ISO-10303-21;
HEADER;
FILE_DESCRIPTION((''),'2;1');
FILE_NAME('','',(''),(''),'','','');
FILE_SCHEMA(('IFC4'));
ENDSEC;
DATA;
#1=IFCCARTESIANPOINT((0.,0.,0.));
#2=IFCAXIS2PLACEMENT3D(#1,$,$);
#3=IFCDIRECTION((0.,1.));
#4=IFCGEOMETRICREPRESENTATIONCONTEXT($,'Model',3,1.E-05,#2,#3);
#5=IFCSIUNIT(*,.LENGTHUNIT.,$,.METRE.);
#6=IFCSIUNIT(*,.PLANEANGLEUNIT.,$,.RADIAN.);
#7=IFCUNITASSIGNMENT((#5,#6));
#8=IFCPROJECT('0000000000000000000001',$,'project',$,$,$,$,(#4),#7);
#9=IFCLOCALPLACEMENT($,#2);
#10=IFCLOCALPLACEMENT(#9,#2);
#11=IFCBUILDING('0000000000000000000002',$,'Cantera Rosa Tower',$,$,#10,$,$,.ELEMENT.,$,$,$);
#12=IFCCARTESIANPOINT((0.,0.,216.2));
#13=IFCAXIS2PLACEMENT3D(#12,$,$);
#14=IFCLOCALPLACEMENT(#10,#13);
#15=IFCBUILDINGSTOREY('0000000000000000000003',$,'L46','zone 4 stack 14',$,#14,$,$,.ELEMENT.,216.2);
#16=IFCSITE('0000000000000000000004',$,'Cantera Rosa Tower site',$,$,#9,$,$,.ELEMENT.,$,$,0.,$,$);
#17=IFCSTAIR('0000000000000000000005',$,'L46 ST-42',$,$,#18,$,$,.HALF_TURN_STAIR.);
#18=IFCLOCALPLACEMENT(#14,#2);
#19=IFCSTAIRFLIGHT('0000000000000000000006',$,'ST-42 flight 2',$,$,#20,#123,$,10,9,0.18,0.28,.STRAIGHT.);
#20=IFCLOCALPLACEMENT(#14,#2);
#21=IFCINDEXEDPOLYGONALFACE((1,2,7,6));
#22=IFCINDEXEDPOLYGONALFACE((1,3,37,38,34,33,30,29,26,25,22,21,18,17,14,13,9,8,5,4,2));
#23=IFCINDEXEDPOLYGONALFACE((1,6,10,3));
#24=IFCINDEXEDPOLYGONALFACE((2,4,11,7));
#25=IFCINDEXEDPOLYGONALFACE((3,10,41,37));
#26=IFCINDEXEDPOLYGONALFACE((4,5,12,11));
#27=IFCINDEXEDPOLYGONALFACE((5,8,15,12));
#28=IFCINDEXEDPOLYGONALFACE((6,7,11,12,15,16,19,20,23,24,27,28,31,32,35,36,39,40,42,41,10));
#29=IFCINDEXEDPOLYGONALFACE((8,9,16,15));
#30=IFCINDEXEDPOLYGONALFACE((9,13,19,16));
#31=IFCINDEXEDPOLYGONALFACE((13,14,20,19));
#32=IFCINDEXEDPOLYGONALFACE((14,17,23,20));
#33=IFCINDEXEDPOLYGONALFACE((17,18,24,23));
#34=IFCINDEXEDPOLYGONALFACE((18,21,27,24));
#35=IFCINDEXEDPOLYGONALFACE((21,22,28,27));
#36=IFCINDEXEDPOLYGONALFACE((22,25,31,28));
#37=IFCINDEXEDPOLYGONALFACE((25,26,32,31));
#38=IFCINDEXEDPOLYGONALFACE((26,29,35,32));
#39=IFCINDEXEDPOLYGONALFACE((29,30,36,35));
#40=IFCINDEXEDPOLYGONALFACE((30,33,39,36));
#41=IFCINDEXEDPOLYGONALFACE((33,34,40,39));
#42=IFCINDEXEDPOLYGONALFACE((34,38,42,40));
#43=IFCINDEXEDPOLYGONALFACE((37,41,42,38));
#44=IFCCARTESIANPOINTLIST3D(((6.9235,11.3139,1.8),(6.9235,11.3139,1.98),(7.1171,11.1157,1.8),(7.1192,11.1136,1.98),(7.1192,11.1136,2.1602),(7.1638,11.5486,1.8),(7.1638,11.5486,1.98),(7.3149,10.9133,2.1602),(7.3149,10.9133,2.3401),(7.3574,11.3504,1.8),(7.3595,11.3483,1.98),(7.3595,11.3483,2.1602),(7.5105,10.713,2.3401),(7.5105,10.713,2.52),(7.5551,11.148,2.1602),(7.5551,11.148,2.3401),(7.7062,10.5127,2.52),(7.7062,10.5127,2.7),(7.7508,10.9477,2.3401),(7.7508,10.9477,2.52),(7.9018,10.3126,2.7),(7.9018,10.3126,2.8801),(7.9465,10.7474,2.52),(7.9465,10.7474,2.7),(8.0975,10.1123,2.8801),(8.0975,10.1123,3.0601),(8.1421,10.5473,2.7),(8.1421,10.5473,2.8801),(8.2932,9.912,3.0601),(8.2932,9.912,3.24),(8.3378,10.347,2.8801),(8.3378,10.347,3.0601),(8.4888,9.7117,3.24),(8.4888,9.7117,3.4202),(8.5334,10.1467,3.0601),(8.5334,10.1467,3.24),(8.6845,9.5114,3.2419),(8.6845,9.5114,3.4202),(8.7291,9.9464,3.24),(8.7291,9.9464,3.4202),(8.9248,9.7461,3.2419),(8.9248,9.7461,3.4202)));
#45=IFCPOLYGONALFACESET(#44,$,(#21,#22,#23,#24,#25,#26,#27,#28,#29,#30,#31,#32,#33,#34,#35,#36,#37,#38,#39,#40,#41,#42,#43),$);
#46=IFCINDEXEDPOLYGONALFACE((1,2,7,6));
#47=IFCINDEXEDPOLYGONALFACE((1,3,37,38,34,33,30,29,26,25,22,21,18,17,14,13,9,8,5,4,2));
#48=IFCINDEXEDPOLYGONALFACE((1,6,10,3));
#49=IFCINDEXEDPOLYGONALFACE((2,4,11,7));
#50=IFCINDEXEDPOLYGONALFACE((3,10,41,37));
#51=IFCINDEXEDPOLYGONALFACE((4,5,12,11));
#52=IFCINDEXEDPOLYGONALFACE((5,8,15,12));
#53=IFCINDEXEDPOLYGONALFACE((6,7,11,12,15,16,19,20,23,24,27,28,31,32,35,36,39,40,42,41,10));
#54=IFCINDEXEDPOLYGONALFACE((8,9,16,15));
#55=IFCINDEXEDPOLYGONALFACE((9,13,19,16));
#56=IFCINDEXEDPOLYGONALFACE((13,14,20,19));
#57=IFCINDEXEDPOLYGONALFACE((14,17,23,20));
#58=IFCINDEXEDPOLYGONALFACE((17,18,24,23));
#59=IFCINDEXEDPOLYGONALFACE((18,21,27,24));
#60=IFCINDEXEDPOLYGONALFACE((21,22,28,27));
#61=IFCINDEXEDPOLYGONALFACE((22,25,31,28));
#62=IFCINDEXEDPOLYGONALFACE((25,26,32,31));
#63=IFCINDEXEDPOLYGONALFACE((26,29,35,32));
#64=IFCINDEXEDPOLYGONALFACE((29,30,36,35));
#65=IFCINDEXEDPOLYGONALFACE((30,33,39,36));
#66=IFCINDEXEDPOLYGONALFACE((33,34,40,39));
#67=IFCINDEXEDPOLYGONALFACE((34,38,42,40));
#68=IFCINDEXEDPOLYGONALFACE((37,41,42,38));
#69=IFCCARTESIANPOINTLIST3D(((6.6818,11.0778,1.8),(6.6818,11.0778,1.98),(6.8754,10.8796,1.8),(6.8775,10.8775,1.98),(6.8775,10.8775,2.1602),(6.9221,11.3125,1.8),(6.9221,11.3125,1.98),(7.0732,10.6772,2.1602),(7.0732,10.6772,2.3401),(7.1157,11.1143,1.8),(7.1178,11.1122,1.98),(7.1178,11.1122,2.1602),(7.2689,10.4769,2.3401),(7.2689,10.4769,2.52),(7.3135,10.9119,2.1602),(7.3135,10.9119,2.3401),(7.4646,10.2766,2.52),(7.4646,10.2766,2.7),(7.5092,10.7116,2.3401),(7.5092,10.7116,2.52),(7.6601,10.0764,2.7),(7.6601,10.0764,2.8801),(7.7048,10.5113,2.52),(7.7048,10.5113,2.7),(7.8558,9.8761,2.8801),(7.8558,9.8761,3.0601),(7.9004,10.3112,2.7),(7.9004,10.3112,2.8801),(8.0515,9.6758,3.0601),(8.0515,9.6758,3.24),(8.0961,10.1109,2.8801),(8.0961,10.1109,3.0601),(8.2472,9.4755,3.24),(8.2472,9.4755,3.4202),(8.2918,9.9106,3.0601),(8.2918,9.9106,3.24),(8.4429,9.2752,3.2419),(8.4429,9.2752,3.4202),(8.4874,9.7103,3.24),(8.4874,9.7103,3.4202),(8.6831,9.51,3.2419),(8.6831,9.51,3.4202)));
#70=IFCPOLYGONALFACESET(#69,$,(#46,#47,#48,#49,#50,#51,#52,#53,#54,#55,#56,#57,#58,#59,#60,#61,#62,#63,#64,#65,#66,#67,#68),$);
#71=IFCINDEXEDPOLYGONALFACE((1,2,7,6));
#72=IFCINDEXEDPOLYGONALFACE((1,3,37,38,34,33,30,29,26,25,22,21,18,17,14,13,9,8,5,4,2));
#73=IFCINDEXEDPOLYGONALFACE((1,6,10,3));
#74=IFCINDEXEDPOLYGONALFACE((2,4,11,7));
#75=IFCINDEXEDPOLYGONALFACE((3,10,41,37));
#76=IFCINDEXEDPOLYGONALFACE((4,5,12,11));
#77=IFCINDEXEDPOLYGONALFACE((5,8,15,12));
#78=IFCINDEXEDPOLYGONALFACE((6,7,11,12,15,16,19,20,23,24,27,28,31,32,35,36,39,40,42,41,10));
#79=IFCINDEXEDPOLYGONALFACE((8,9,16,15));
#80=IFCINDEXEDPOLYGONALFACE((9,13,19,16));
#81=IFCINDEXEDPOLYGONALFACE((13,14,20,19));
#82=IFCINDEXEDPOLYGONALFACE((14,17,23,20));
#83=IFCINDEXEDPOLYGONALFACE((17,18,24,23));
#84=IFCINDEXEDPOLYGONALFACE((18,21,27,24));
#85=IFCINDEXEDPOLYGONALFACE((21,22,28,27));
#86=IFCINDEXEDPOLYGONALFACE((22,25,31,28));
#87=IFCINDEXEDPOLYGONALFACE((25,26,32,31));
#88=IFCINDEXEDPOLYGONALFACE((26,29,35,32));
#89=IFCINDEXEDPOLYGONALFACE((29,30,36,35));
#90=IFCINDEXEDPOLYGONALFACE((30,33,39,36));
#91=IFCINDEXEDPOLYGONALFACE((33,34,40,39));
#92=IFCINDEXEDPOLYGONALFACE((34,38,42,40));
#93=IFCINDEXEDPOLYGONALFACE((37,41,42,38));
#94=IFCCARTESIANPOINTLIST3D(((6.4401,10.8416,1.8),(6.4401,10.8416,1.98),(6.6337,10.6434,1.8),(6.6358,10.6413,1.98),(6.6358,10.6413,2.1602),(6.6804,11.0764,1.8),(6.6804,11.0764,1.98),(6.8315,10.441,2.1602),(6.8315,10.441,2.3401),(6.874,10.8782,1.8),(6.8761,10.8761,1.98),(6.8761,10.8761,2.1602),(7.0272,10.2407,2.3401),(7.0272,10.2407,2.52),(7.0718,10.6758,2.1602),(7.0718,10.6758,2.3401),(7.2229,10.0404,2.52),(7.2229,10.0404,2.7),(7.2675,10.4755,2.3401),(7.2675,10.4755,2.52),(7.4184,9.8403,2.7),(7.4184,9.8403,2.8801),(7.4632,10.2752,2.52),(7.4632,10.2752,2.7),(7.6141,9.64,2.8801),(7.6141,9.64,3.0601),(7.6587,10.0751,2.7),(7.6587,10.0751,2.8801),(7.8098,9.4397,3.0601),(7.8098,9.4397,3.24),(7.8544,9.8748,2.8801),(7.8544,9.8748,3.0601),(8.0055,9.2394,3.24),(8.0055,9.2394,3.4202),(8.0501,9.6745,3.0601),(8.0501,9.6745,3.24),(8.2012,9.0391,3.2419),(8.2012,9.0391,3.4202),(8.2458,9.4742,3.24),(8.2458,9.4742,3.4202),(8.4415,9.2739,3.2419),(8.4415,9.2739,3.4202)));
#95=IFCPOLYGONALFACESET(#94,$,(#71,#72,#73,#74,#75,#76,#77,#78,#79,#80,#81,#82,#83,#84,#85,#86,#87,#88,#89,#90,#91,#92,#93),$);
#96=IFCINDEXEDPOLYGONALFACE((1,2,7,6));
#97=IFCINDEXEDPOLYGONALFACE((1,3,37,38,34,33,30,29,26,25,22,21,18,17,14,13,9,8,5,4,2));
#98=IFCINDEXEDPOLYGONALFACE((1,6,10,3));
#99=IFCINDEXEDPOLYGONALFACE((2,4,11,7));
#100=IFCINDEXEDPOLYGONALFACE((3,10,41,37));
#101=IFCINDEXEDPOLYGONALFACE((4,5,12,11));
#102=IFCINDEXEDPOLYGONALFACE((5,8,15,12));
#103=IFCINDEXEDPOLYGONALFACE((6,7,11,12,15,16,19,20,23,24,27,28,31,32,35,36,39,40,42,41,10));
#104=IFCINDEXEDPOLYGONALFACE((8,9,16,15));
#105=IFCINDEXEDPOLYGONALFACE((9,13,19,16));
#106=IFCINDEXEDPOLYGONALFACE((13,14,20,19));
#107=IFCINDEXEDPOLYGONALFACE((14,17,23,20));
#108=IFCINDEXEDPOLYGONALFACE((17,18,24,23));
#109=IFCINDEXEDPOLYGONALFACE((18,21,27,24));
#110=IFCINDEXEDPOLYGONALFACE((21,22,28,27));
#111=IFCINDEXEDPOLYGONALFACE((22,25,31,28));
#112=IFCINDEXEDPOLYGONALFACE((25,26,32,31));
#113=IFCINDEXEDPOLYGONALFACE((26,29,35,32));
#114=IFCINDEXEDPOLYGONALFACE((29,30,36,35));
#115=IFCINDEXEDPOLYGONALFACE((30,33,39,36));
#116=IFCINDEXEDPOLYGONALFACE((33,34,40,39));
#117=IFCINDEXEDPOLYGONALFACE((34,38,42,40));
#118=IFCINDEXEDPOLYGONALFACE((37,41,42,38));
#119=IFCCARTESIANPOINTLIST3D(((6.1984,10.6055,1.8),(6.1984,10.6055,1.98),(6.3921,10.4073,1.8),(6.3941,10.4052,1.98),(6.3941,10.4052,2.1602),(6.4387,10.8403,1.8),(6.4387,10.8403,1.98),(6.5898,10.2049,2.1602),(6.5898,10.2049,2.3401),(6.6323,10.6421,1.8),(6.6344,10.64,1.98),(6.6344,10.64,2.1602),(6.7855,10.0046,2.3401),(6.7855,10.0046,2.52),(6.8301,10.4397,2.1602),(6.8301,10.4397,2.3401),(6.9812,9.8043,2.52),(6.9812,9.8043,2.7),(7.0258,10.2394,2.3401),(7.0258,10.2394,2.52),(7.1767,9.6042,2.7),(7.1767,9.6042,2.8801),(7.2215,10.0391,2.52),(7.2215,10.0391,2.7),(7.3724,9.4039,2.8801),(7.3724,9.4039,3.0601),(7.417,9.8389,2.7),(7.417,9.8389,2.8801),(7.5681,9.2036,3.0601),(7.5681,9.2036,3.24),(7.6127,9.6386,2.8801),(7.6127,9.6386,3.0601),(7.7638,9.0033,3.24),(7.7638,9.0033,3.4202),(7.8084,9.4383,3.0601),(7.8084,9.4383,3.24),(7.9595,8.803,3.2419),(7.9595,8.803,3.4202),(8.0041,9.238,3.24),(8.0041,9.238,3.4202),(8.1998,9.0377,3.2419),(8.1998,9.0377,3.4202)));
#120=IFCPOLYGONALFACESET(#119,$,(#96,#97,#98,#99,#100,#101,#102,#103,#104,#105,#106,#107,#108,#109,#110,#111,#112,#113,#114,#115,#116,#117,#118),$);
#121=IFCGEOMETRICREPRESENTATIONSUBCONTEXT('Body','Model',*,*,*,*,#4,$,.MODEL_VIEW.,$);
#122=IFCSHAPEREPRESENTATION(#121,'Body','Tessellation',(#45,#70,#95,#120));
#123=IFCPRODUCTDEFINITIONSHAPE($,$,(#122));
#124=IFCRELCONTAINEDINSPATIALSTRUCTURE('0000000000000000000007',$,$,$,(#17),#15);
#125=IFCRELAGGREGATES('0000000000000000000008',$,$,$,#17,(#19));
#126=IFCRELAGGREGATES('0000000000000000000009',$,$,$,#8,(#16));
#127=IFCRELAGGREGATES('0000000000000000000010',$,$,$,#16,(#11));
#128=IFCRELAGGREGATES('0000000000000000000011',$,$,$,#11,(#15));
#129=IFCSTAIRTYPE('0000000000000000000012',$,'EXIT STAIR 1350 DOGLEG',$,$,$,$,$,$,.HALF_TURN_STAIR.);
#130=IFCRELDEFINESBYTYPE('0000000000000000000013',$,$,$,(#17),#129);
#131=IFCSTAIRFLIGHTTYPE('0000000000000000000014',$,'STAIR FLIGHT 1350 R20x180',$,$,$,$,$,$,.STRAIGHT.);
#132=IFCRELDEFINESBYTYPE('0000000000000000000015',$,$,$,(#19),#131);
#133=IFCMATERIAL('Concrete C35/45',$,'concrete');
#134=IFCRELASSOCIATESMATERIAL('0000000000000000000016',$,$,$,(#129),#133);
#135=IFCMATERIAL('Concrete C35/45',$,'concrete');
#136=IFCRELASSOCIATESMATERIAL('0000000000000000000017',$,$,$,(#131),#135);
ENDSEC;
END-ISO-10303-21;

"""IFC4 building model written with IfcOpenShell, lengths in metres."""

from ifc_helpers import new_model, si_unit, direction, frame, origin, place, context, subcontext, project, spatial, polyline, outline, extrude, material, type_object, element, aggregate, save


model = new_model("IFC4")

# Units and contexts
model_context = context("Model", 3, precision=1e-05, world=origin(), true_north=direction((0.0, 1.0)))
body_context = subcontext(model_context, "Body", "Model", "MODEL_VIEW")
ifc_project = project(units=[si_unit("LENGTHUNIT", "METRE"), si_unit("PLANEANGLEUNIT", "RADIAN")], contexts=[model_context])

# Site, building, storey
site_placement = place(None, origin())
site = spatial("IfcSite", under=ifc_project, at=site_placement, Name="Cantera Rosa Tower site", CompositionType="ELEMENT", RefElevation=0.0)
building_placement = place(site_placement, origin())
building = spatial("IfcBuilding", under=site, at=building_placement, Name="Cantera Rosa Tower", CompositionType="ELEMENT")
storey_placement = place(building_placement, frame((0.0, 0.0, 216.2)))
storey = spatial("IfcBuildingStorey", under=building, at=storey_placement, Name="L46", Description="zone 4 stack 14", CompositionType="ELEMENT", Elevation=216.2)

# Stair, stair flight
ifc_material_1 = material(Name="Concrete C35/45", Category="concrete")
stair_type = type_object("IfcStairType", Name="EXIT STAIR 1350 DOGLEG", PredefinedType="HALF_TURN_STAIR", material=ifc_material_1)
stair_placement = place(storey_placement, origin())
stair = element("IfcStair", 1, at=stair_placement, inside=storey, type_object=stair_type, Name="L46 ST-42", PredefinedType="HALF_TURN_STAIR")
ifc_material_2 = material(Name="Concrete C35/45", Category="concrete")
stair_flight_type = type_object("IfcStairFlightType", Name="STAIR FLIGHT 1350 R20x180", PredefinedType="STRAIGHT", material=ifc_material_2)
stair_flight_1_placement = place(storey_placement, frame((6.6809, 11.0769, 1.8), z_axis=(0.0, 0.0, 1.0), x_axis=(0.698832, -0.715286, 0.0)))
stair_flight_1 = element("IfcStairFlight", 2, at=stair_flight_1_placement, type_object=stair_flight_type, Name="ST-42 flight 2", NumberOfRisers=10, NumberOfTreads=9, PredefinedType="STRAIGHT", RiserHeight=0.18, TreadLength=0.28, context=body_context, shape_type="SweptSolid", body=[
    extrude(outline(polyline([(0.0, 0.0), (0.0, 0.1799), (0.28, 0.1799), (0.28, 0.3601), (0.5601, 0.3601), (0.5601, 0.54), (0.8401, 0.54), (0.8401, 0.72), (1.1201, 0.72), (1.1201, 0.8999), (1.3999, 0.8999), (1.3999, 1.0801), (1.6799, 1.0801), (1.6799, 1.26), (1.96, 1.26), (1.96, 1.4399), (2.24, 1.4399), (2.24, 1.6201), (2.52, 1.6201), (2.52, 1.8), (2.52, 1.4419), (0.2771, 0.0), (0.0, 0.0)])), frame((0.0, 0.675, 0.0), z_axis=(0.0, -1.0, 0.0), x_axis=(1.0, 0.0, 0.0)), (0.0, 0.0, 1.0), 0.3359),
    extrude(outline(polyline([(0.0, 0.0), (0.0, 0.1799), (0.28, 0.1799), (0.28, 0.3601), (0.5601, 0.3601), (0.5601, 0.54), (0.8401, 0.54), (0.8401, 0.72), (1.1201, 0.72), (1.1201, 0.8999), (1.3999, 0.8999), (1.3999, 1.0801), (1.6799, 1.0801), (1.6799, 1.26), (1.96, 1.26), (1.96, 1.4399), (2.24, 1.4399), (2.24, 1.6201), (2.52, 1.6201), (2.52, 1.8), (2.52, 1.4419), (0.2771, 0.0), (0.0, 0.0)])), frame((0.0, 0.3372, 0.0), z_axis=(0.0, -1.0, 0.0), x_axis=(1.0, 0.0, 0.0)), (0.0, 0.0, 1.0), 0.3359),
    extrude(outline(polyline([(0.0, 0.0), (0.0, 0.1799), (0.28, 0.1799), (0.28, 0.3601), (0.5601, 0.3601), (0.5601, 0.54), (0.8401, 0.54), (0.8401, 0.72), (1.1201, 0.72), (1.1201, 0.8999), (1.3999, 0.8999), (1.3999, 1.0801), (1.6799, 1.0801), (1.6799, 1.26), (1.96, 1.26), (1.96, 1.4399), (2.24, 1.4399), (2.24, 1.6201), (2.52, 1.6201), (2.52, 1.8), (2.52, 1.4419), (0.2771, 0.0), (0.0, 0.0)])), frame((0.0, -0.0007, 0.0), z_axis=(0.0, -1.0, 0.0), x_axis=(1.0, 0.0, 0.0)), (0.0, 0.0, 1.0), 0.3359),
    extrude(outline(polyline([(0.0, 0.0), (0.0, 0.1799), (0.28, 0.1799), (0.28, 0.3601), (0.5601, 0.3601), (0.5601, 0.54), (0.8401, 0.54), (0.8401, 0.72), (1.1201, 0.72), (1.1201, 0.8999), (1.3999, 0.8999), (1.3999, 1.0801), (1.6799, 1.0801), (1.6799, 1.26), (1.96, 1.26), (1.96, 1.4399), (2.24, 1.4399), (2.24, 1.6201), (2.52, 1.6201), (2.52, 1.8), (2.52, 1.4419), (0.2771, 0.0), (0.0, 0.0)])), frame((0.0, -0.3386, 0.0), z_axis=(0.0, -1.0, 0.0), x_axis=(1.0, 0.0, 0.0)), (0.0, 0.0, 1.0), 0.3359),
])
aggregate(stair, [stair_flight_1])

save(model, "model.ifc")
